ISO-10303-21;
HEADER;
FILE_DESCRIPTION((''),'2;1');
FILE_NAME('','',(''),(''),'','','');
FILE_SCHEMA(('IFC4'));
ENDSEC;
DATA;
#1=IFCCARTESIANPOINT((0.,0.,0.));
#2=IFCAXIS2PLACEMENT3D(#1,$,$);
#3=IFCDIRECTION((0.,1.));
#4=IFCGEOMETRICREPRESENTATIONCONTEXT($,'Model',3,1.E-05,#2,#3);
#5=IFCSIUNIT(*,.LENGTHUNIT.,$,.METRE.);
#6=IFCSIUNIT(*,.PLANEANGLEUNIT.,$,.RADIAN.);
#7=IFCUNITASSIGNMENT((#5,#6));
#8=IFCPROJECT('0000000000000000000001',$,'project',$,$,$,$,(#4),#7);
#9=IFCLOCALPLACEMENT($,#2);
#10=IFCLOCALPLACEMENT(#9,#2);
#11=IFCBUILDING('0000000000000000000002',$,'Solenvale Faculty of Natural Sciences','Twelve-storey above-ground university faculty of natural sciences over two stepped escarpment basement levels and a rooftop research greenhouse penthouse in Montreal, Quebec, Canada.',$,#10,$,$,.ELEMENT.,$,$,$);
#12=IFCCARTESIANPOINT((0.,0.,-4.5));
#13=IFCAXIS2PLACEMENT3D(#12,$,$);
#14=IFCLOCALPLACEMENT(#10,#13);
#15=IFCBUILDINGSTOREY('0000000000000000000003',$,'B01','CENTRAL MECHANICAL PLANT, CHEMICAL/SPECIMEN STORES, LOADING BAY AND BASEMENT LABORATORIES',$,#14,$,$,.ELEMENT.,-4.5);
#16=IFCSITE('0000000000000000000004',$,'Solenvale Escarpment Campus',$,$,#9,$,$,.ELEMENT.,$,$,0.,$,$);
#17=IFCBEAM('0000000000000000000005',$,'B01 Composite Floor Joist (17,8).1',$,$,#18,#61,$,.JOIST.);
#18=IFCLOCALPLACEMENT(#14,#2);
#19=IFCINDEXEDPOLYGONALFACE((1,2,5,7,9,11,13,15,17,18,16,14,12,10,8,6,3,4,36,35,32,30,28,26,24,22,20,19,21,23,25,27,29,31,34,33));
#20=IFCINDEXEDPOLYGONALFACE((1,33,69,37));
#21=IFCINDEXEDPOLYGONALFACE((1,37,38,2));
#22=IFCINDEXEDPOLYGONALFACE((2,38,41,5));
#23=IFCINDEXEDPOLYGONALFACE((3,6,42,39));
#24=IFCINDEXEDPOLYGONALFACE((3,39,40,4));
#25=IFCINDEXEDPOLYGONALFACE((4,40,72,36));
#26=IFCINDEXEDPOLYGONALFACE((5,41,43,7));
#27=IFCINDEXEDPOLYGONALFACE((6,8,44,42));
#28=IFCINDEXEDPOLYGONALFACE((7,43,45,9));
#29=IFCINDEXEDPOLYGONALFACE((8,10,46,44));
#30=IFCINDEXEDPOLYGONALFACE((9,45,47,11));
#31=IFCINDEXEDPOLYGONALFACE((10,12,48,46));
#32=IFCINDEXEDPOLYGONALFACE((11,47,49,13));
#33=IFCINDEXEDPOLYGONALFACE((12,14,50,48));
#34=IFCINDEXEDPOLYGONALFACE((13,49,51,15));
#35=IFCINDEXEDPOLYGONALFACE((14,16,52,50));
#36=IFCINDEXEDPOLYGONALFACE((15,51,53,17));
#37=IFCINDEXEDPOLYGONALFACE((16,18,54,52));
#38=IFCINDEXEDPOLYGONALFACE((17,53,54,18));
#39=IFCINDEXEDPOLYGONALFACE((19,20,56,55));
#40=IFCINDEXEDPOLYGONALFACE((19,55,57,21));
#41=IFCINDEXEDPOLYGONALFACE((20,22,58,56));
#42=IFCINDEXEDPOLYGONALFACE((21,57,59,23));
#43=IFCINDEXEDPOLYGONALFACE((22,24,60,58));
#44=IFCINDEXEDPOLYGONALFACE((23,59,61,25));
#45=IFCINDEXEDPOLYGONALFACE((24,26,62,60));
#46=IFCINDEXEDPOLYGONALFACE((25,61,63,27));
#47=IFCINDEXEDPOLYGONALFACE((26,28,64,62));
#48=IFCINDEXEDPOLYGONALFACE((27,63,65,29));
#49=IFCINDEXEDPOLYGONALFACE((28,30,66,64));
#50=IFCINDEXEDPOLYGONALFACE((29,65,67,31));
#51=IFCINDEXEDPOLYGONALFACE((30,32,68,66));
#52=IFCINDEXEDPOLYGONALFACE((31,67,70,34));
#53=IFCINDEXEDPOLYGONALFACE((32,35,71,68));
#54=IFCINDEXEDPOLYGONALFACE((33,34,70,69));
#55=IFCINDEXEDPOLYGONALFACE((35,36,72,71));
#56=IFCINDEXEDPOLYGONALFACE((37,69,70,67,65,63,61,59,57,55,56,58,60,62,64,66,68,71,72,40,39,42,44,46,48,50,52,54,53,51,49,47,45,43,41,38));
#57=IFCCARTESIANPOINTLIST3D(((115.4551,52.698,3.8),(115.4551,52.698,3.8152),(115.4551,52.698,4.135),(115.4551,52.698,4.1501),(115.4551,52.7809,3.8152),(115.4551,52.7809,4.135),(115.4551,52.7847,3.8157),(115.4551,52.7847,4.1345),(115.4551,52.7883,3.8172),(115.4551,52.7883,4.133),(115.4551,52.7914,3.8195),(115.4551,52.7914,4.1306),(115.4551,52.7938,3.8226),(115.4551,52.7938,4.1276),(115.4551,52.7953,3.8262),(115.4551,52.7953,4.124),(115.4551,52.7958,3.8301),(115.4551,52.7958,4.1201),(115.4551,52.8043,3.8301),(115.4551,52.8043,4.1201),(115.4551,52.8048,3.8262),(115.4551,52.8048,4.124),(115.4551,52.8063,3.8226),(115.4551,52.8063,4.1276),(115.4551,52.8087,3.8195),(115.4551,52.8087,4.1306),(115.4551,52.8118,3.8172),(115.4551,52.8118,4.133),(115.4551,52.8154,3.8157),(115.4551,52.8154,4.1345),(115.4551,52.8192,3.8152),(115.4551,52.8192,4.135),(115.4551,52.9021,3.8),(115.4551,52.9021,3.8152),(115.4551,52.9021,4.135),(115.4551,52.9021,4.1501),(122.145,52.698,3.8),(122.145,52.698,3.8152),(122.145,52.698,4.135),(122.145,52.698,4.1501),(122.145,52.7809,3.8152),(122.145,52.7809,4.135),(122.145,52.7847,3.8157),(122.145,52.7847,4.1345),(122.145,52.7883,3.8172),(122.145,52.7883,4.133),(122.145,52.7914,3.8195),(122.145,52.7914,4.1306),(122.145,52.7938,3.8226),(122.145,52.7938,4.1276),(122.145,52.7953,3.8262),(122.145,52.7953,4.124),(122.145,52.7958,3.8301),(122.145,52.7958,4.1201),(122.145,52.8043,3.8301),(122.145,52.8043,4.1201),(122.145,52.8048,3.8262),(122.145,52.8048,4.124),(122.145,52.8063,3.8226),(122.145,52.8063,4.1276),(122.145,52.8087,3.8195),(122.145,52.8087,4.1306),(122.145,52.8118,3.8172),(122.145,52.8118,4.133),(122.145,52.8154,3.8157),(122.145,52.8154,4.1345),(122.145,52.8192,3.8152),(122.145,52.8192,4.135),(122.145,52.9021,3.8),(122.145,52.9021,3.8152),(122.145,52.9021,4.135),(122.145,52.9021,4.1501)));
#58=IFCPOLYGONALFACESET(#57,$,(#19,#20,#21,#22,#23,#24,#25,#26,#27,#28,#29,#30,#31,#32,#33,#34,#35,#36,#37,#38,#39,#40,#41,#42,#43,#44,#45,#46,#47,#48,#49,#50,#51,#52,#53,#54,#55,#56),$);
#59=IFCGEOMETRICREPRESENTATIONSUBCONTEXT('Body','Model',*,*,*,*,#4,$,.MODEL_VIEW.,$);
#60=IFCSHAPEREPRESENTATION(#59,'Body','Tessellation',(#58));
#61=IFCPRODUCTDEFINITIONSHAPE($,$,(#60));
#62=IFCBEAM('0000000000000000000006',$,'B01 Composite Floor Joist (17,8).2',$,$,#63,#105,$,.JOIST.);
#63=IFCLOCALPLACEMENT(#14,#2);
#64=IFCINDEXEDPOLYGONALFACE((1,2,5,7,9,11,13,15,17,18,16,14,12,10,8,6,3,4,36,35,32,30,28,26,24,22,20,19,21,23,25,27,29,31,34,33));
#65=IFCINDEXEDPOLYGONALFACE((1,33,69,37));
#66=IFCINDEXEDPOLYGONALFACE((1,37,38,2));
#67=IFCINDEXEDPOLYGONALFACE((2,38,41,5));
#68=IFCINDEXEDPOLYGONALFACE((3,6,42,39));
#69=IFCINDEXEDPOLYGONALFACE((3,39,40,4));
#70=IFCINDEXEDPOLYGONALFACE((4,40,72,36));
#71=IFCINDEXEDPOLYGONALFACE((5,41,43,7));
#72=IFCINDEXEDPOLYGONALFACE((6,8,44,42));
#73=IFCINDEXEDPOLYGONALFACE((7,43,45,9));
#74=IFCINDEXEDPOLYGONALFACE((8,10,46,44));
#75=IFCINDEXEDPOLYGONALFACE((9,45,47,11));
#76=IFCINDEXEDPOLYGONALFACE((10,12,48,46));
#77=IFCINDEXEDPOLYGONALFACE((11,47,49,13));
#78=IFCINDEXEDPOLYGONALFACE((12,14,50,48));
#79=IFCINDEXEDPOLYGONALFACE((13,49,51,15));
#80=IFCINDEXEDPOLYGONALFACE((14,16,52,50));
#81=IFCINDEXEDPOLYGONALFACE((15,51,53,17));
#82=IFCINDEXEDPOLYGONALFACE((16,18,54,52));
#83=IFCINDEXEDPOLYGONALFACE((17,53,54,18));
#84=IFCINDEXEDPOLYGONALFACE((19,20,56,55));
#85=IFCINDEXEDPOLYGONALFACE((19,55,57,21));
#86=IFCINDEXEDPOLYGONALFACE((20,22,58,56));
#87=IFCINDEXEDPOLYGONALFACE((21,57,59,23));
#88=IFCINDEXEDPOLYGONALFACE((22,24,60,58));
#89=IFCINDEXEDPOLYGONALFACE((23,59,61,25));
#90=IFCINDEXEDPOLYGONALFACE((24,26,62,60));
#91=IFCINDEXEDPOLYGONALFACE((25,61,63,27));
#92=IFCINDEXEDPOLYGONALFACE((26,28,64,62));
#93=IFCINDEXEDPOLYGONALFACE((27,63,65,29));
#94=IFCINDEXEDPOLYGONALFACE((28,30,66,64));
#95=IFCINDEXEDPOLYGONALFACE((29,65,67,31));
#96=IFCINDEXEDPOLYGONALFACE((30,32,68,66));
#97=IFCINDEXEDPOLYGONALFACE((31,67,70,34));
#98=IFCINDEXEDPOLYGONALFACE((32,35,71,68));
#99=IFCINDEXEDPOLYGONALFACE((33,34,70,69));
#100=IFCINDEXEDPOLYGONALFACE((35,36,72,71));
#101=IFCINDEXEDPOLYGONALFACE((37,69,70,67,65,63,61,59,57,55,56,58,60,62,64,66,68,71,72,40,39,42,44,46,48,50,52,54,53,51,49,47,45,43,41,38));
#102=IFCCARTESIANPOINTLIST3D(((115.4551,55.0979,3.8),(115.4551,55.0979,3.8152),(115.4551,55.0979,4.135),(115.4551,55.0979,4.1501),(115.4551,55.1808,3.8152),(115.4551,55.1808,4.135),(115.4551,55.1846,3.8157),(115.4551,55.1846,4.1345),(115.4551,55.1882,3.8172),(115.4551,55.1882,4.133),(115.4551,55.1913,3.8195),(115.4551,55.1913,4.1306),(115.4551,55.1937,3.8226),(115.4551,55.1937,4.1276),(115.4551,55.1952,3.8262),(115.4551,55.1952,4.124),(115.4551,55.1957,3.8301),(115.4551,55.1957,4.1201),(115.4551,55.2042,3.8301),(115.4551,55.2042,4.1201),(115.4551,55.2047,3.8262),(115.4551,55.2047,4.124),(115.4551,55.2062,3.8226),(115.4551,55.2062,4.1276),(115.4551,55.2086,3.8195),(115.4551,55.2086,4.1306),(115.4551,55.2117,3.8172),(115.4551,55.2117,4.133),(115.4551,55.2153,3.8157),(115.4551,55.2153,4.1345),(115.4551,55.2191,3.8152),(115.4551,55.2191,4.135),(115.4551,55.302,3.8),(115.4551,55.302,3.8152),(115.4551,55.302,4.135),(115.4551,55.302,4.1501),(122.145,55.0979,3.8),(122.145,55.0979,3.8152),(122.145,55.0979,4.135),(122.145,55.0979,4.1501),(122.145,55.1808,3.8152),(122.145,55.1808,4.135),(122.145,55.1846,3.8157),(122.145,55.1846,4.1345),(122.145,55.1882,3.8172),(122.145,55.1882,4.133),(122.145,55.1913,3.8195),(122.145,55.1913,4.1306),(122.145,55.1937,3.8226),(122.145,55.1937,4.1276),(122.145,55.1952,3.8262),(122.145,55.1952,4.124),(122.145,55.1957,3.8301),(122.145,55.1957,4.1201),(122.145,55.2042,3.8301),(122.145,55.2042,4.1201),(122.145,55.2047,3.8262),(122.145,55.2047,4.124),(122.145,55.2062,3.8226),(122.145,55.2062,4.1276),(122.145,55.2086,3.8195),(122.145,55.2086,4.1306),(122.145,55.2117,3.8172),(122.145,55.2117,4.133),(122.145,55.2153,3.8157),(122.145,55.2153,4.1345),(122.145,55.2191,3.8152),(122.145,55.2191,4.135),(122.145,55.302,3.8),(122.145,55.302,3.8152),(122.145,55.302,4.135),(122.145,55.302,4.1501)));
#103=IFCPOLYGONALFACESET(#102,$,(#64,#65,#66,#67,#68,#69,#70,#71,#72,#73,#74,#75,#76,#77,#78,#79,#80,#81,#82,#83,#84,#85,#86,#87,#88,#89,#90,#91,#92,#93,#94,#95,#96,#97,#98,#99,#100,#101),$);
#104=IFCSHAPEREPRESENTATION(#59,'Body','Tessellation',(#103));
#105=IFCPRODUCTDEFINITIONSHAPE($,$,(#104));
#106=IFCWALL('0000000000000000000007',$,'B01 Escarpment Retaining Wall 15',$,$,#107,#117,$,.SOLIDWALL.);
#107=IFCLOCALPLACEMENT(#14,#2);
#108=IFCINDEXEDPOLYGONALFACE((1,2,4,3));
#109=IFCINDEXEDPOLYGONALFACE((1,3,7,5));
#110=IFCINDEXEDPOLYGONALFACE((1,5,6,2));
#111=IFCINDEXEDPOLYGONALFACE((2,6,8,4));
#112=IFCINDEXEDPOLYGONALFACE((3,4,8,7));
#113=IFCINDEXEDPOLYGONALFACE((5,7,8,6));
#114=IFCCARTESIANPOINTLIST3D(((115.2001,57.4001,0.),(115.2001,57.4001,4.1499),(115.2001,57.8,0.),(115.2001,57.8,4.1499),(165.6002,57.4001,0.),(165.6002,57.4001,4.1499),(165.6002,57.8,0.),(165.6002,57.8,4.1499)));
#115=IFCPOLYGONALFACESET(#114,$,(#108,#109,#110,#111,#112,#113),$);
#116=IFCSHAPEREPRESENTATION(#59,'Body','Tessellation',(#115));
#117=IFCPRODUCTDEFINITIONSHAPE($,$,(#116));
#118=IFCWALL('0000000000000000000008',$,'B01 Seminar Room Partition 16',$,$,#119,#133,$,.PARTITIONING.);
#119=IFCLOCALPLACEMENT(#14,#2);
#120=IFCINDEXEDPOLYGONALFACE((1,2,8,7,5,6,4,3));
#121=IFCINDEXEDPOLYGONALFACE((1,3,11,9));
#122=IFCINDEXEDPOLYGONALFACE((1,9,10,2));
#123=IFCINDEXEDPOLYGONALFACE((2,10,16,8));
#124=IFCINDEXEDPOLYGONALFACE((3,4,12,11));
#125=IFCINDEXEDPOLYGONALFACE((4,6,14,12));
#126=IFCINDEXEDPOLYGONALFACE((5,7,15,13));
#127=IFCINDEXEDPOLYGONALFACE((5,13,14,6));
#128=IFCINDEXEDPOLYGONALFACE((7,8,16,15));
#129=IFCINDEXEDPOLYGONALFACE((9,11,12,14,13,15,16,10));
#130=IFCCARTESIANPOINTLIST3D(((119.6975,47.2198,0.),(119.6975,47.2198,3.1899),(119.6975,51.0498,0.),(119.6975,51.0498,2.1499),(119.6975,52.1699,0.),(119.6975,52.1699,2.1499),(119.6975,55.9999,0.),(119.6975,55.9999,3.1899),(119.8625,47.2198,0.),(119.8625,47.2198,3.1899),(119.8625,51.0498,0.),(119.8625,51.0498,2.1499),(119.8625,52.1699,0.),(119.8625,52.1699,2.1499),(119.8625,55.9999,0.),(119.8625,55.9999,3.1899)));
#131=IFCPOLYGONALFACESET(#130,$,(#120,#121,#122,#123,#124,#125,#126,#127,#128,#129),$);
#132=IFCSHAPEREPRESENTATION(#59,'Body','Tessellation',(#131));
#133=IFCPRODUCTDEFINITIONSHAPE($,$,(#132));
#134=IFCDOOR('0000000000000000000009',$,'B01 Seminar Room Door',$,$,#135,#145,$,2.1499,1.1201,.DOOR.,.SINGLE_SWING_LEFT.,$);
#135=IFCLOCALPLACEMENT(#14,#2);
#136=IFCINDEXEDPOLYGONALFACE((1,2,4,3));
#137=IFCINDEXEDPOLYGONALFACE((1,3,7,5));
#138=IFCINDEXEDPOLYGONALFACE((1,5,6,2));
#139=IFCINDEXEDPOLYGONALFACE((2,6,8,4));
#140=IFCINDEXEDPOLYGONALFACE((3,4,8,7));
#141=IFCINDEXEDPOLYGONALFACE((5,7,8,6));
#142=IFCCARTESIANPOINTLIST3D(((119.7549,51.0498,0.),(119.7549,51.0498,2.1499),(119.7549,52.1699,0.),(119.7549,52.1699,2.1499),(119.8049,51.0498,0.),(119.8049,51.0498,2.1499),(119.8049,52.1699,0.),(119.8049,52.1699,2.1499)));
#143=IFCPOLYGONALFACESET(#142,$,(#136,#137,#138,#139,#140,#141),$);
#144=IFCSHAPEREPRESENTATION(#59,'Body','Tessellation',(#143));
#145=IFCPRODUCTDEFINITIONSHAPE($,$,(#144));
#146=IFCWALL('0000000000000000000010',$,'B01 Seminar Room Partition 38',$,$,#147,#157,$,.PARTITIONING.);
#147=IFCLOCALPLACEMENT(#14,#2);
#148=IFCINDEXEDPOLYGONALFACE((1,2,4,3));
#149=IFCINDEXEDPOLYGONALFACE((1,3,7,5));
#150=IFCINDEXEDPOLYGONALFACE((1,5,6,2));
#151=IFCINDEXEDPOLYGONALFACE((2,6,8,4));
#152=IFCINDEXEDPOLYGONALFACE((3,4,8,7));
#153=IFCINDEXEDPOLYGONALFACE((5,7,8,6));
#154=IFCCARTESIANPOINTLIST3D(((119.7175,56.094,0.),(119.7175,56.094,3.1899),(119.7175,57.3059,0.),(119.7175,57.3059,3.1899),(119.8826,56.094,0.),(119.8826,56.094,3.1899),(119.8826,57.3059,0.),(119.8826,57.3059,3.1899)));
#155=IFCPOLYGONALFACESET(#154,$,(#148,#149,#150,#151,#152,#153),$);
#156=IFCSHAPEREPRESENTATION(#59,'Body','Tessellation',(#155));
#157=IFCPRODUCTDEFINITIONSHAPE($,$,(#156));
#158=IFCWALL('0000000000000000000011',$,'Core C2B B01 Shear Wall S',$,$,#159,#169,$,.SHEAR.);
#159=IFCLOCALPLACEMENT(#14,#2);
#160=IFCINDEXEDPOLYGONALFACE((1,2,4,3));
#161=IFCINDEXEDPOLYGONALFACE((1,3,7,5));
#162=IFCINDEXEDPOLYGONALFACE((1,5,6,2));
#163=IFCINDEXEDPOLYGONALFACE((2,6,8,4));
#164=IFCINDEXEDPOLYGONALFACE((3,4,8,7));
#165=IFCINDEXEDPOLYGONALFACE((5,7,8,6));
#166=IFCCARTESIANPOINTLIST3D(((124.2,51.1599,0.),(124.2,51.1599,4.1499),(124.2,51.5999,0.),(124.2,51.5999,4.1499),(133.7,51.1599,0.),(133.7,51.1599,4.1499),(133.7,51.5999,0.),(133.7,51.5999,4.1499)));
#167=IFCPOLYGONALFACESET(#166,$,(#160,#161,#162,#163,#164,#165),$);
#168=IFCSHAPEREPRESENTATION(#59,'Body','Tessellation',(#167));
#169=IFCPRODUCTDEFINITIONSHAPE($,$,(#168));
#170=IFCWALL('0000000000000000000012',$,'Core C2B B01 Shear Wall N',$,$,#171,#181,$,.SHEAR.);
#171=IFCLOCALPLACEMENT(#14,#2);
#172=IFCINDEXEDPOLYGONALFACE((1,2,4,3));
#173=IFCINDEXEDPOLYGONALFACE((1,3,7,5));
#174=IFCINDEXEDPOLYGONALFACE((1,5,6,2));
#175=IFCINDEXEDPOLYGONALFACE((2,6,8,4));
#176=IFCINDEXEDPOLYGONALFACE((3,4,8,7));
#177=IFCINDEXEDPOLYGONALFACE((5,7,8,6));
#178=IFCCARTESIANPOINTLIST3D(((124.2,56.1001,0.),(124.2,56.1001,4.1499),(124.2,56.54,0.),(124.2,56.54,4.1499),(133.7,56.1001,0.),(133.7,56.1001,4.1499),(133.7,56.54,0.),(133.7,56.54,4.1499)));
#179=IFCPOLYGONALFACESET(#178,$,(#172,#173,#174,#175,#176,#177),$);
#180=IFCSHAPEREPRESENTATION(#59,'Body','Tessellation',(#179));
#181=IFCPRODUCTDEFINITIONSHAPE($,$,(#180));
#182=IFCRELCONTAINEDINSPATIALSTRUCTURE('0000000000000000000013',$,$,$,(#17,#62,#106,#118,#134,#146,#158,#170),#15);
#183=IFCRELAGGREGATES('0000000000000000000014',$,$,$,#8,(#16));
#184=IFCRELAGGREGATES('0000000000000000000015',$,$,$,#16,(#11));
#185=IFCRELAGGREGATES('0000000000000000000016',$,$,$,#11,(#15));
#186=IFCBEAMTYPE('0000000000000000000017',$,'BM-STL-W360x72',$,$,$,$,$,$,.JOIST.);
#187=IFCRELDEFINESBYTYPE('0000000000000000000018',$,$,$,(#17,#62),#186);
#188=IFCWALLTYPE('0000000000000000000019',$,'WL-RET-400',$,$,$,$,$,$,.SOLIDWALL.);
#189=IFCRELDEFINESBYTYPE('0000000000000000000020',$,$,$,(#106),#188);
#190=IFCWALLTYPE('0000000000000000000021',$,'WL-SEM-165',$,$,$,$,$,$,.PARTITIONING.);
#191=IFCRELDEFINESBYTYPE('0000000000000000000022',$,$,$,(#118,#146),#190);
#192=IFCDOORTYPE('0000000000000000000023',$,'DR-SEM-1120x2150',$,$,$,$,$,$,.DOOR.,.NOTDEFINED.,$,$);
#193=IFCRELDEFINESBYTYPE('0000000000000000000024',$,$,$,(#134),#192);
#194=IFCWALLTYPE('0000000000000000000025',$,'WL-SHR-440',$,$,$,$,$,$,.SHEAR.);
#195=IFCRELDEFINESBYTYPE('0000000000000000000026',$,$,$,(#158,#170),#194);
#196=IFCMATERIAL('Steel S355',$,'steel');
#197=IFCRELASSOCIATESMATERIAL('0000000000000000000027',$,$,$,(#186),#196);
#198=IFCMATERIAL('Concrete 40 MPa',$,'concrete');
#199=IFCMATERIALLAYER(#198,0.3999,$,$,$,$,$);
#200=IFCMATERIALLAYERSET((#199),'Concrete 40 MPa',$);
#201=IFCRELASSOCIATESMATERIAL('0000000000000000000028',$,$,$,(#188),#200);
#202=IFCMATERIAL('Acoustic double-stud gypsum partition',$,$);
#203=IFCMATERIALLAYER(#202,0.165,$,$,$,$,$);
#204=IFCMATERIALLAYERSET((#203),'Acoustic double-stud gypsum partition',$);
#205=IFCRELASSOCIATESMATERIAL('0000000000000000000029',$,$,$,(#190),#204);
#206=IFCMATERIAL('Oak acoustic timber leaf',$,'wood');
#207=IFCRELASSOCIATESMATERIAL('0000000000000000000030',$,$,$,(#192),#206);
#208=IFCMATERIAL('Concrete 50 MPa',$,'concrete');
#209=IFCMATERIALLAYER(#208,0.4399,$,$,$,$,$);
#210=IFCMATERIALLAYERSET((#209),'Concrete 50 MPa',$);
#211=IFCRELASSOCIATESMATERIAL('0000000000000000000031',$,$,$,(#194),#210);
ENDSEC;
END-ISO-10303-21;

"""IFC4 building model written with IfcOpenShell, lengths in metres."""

from ifc_helpers import new_model, si_unit, direction, frame, frame_2d, origin, origin_2d, place, context, subcontext, project, spatial, rectangle, i_section, extrude, material, layer, layer_set, material_profile, profile_set, type_object, element, fill, save


model = new_model("IFC4")

# Units and contexts
model_context = context("Model", 3, precision=1e-05, world=origin(), true_north=direction((0.0, 1.0)))
body_context = subcontext(model_context, "Body", "Model", "MODEL_VIEW")
ifc_project = project(units=[si_unit("LENGTHUNIT", "METRE"), si_unit("PLANEANGLEUNIT", "RADIAN")], contexts=[model_context])

# Site, building, storey
site_placement = place(None, origin())
site = spatial("IfcSite", under=ifc_project, at=site_placement, Name="Solenvale Escarpment Campus", CompositionType="ELEMENT", RefElevation=0.0)
building_placement = place(site_placement, origin())
building = spatial("IfcBuilding", under=site, at=building_placement, Name="Solenvale Faculty of Natural Sciences", Description="Twelve-storey above-ground university faculty of natural sciences over two stepped escarpment basement levels and a rooftop research greenhouse penthouse in Montreal, Quebec, Canada.", CompositionType="ELEMENT")
storey_placement = place(building_placement, frame((0.0, 0.0, -4.5)))
storey = spatial("IfcBuildingStorey", under=building, at=storey_placement, Name="B01", Description="CENTRAL MECHANICAL PLANT, CHEMICAL/SPECIMEN STORES, LOADING BAY AND BASEMENT LABORATORIES", CompositionType="ELEMENT", Elevation=-4.5)

# Shared definitions
ifc_material_1 = material(Name="Concrete 40 MPa", Category="concrete")

# Shared definitions
ifc_material_2 = material(Name="Concrete 50 MPa", Category="concrete")

# Beams
ifc_material_3 = material(Name="Steel S355", Category="steel")
ifc_material_profile_1 = material_profile(ifc_material_3, i_section(OverallWidth=0.2041, OverallDepth=0.3501, WebThickness=0.0085, FlangeThickness=0.0151, FilletRadius=0.0149, at=origin_2d()), Name="W360x72")
ifc_profile_set_1 = profile_set([ifc_material_profile_1], Name="Steel S355")
beam_type_1 = type_object("IfcBeamType", Name="BM-STL-W360x72", PredefinedType="JOIST", material=ifc_profile_set_1)
for number, where, z_axis, x_axis, name in (
    (1, (115.4551, 52.8, 3.9751), (1.0, 0.0, 0.0), (0.0, 1.0, 0.0), "B01 Composite Floor Joist (17,8).1"),
    (2, (115.4551, 55.2, 3.9751), (1.0, 0.0, 0.0), (0.0, 1.0, 0.0), "B01 Composite Floor Joist (17,8).2"),
):
    element("IfcBeam", number, at=place(storey_placement, frame(where, z_axis=z_axis, x_axis=x_axis)), inside=storey, type_object=beam_type_1, Name=name, PredefinedType="JOIST", context=body_context, shape_type="SweptSolid", body=[
        extrude(i_section(OverallWidth=0.2041, OverallDepth=0.3501, WebThickness=0.0085, FlangeThickness=0.0151, FilletRadius=0.0149, at=origin_2d()), origin(), (0.0, 0.0, 1.0), 6.6899),
    ])

# Wall
ifc_layer_1 = layer(ifc_material_1, 0.3999)
ifc_layer_set_1 = layer_set([ifc_layer_1], Name="Concrete 40 MPa")
wall_type_1 = type_object("IfcWallType", Name="WL-RET-400", PredefinedType="SOLIDWALL", material=ifc_layer_set_1)
wall_1_placement = place(storey_placement, frame((115.2, 57.6001, 0.0), z_axis=(0.0, 0.0, 1.0), x_axis=(1.0, 0.0, 0.0)))
element("IfcWall", 3, at=wall_1_placement, inside=storey, type_object=wall_type_1, Name="B01 Escarpment Retaining Wall 15", PredefinedType="SOLIDWALL", context=body_context, shape_type="SweptSolid", body=[
    extrude(rectangle(XDim=50.4001, YDim=0.3999, at=frame_2d((25.2002, 0.0))), origin(), (0.0, 0.0, 1.0), 4.1499),
])

# Wall, opening, door
ifc_material_4 = material(Name="Acoustic double-stud gypsum partition")
ifc_layer_2 = layer(ifc_material_4, 0.165)
ifc_layer_set_2 = layer_set([ifc_layer_2], Name="Acoustic double-stud gypsum partition")
wall_type_2 = type_object("IfcWallType", Name="WL-SEM-165", PredefinedType="PARTITIONING", material=ifc_layer_set_2)
wall_2_placement = place(storey_placement, frame((119.78, 56.0, 0.0), z_axis=(0.0, 0.0, 1.0), x_axis=(0.0, -1.0, 0.0)))
wall_2 = element("IfcWall", 4, at=wall_2_placement, inside=storey, type_object=wall_type_2, Name="B01 Seminar Room Partition 16", PredefinedType="PARTITIONING", context=body_context, shape_type="SweptSolid", body=[
    extrude(rectangle(XDim=8.78, YDim=0.165, at=frame_2d((4.3901, 0.0))), origin(), (0.0, 0.0, 1.0), 3.1899),
])
opening_1_placement = place(wall_2_placement, frame((3.8301, 0.0, 0.0)))
opening_1 = element("IfcOpeningElement", 5, at=opening_1_placement, cuts=wall_2, PredefinedType="OPENING", context=body_context, shape_type="SweptSolid", body=[
    extrude(rectangle(XDim=1.1201, YDim=2.1499, at=frame_2d((0.5601, 1.075))), frame((0.0, 0.0925, 0.0), z_axis=(0.0, -1.0, 0.0), x_axis=(1.0, 0.0, 0.0)), (0.0, 0.0, 1.0), 0.1851),
])
ifc_material_5 = material(Name="Oak acoustic timber leaf", Category="wood")
door_type_1 = type_object("IfcDoorType", Name="DR-SEM-1120x2150", OperationType="NOTDEFINED", PredefinedType="DOOR", material=ifc_material_5)
door_1_placement = place(opening_1_placement, origin())
door_1 = element("IfcDoor", 6, at=door_1_placement, inside=storey, type_object=door_type_1, Name="B01 Seminar Room Door", OperationType="SINGLE_SWING_LEFT", OverallHeight=2.1499, OverallWidth=1.1201, PredefinedType="DOOR", context=body_context, shape_type="SweptSolid", body=[
    extrude(rectangle(XDim=1.1201, YDim=2.1499, at=frame_2d((0.5601, 1.075))), frame((0.0, 0.0249, 0.0), z_axis=(0.0, -1.0, 0.0), x_axis=(1.0, 0.0, 0.0)), (0.0, 0.0, 1.0), 0.05),
])
fill(opening_1, door_1)

# Walls
wall_3_placement = place(storey_placement, frame((119.8, 57.3059, 0.0), z_axis=(0.0, 0.0, 1.0), x_axis=(0.0, -1.0, 0.0)))
element("IfcWall", 7, at=wall_3_placement, inside=storey, type_object=wall_type_2, Name="B01 Seminar Room Partition 38", PredefinedType="PARTITIONING", context=body_context, shape_type="SweptSolid", body=[
    extrude(rectangle(XDim=1.2119, YDim=0.165, at=frame_2d((0.606, 0.0))), origin(), (0.0, 0.0, 1.0), 3.1899),
])
ifc_layer_3 = layer(ifc_material_2, 0.4399)
ifc_layer_set_3 = layer_set([ifc_layer_3], Name="Concrete 50 MPa")
wall_type_3 = type_object("IfcWallType", Name="WL-SHR-440", PredefinedType="SHEAR", material=ifc_layer_set_3)
for number, where, z_axis, x_axis, name in (
    (8, (124.2, 51.3799, 0.0), (0.0, 0.0, 1.0), (1.0, 0.0, 0.0), "Core C2B B01 Shear Wall S"),
    (9, (124.2, 56.3201, 0.0), (0.0, 0.0, 1.0), (1.0, 0.0, 0.0), "Core C2B B01 Shear Wall N"),
):
    element("IfcWall", number, at=place(storey_placement, frame(where, z_axis=z_axis, x_axis=x_axis)), inside=storey, type_object=wall_type_3, Name=name, PredefinedType="SHEAR", context=body_context, shape_type="SweptSolid", body=[
        extrude(rectangle(XDim=9.5, YDim=0.4399, at=frame_2d((4.75, 0.0))), origin(), (0.0, 0.0, 1.0), 4.1499),
    ])

save(model, "model.ifc")
